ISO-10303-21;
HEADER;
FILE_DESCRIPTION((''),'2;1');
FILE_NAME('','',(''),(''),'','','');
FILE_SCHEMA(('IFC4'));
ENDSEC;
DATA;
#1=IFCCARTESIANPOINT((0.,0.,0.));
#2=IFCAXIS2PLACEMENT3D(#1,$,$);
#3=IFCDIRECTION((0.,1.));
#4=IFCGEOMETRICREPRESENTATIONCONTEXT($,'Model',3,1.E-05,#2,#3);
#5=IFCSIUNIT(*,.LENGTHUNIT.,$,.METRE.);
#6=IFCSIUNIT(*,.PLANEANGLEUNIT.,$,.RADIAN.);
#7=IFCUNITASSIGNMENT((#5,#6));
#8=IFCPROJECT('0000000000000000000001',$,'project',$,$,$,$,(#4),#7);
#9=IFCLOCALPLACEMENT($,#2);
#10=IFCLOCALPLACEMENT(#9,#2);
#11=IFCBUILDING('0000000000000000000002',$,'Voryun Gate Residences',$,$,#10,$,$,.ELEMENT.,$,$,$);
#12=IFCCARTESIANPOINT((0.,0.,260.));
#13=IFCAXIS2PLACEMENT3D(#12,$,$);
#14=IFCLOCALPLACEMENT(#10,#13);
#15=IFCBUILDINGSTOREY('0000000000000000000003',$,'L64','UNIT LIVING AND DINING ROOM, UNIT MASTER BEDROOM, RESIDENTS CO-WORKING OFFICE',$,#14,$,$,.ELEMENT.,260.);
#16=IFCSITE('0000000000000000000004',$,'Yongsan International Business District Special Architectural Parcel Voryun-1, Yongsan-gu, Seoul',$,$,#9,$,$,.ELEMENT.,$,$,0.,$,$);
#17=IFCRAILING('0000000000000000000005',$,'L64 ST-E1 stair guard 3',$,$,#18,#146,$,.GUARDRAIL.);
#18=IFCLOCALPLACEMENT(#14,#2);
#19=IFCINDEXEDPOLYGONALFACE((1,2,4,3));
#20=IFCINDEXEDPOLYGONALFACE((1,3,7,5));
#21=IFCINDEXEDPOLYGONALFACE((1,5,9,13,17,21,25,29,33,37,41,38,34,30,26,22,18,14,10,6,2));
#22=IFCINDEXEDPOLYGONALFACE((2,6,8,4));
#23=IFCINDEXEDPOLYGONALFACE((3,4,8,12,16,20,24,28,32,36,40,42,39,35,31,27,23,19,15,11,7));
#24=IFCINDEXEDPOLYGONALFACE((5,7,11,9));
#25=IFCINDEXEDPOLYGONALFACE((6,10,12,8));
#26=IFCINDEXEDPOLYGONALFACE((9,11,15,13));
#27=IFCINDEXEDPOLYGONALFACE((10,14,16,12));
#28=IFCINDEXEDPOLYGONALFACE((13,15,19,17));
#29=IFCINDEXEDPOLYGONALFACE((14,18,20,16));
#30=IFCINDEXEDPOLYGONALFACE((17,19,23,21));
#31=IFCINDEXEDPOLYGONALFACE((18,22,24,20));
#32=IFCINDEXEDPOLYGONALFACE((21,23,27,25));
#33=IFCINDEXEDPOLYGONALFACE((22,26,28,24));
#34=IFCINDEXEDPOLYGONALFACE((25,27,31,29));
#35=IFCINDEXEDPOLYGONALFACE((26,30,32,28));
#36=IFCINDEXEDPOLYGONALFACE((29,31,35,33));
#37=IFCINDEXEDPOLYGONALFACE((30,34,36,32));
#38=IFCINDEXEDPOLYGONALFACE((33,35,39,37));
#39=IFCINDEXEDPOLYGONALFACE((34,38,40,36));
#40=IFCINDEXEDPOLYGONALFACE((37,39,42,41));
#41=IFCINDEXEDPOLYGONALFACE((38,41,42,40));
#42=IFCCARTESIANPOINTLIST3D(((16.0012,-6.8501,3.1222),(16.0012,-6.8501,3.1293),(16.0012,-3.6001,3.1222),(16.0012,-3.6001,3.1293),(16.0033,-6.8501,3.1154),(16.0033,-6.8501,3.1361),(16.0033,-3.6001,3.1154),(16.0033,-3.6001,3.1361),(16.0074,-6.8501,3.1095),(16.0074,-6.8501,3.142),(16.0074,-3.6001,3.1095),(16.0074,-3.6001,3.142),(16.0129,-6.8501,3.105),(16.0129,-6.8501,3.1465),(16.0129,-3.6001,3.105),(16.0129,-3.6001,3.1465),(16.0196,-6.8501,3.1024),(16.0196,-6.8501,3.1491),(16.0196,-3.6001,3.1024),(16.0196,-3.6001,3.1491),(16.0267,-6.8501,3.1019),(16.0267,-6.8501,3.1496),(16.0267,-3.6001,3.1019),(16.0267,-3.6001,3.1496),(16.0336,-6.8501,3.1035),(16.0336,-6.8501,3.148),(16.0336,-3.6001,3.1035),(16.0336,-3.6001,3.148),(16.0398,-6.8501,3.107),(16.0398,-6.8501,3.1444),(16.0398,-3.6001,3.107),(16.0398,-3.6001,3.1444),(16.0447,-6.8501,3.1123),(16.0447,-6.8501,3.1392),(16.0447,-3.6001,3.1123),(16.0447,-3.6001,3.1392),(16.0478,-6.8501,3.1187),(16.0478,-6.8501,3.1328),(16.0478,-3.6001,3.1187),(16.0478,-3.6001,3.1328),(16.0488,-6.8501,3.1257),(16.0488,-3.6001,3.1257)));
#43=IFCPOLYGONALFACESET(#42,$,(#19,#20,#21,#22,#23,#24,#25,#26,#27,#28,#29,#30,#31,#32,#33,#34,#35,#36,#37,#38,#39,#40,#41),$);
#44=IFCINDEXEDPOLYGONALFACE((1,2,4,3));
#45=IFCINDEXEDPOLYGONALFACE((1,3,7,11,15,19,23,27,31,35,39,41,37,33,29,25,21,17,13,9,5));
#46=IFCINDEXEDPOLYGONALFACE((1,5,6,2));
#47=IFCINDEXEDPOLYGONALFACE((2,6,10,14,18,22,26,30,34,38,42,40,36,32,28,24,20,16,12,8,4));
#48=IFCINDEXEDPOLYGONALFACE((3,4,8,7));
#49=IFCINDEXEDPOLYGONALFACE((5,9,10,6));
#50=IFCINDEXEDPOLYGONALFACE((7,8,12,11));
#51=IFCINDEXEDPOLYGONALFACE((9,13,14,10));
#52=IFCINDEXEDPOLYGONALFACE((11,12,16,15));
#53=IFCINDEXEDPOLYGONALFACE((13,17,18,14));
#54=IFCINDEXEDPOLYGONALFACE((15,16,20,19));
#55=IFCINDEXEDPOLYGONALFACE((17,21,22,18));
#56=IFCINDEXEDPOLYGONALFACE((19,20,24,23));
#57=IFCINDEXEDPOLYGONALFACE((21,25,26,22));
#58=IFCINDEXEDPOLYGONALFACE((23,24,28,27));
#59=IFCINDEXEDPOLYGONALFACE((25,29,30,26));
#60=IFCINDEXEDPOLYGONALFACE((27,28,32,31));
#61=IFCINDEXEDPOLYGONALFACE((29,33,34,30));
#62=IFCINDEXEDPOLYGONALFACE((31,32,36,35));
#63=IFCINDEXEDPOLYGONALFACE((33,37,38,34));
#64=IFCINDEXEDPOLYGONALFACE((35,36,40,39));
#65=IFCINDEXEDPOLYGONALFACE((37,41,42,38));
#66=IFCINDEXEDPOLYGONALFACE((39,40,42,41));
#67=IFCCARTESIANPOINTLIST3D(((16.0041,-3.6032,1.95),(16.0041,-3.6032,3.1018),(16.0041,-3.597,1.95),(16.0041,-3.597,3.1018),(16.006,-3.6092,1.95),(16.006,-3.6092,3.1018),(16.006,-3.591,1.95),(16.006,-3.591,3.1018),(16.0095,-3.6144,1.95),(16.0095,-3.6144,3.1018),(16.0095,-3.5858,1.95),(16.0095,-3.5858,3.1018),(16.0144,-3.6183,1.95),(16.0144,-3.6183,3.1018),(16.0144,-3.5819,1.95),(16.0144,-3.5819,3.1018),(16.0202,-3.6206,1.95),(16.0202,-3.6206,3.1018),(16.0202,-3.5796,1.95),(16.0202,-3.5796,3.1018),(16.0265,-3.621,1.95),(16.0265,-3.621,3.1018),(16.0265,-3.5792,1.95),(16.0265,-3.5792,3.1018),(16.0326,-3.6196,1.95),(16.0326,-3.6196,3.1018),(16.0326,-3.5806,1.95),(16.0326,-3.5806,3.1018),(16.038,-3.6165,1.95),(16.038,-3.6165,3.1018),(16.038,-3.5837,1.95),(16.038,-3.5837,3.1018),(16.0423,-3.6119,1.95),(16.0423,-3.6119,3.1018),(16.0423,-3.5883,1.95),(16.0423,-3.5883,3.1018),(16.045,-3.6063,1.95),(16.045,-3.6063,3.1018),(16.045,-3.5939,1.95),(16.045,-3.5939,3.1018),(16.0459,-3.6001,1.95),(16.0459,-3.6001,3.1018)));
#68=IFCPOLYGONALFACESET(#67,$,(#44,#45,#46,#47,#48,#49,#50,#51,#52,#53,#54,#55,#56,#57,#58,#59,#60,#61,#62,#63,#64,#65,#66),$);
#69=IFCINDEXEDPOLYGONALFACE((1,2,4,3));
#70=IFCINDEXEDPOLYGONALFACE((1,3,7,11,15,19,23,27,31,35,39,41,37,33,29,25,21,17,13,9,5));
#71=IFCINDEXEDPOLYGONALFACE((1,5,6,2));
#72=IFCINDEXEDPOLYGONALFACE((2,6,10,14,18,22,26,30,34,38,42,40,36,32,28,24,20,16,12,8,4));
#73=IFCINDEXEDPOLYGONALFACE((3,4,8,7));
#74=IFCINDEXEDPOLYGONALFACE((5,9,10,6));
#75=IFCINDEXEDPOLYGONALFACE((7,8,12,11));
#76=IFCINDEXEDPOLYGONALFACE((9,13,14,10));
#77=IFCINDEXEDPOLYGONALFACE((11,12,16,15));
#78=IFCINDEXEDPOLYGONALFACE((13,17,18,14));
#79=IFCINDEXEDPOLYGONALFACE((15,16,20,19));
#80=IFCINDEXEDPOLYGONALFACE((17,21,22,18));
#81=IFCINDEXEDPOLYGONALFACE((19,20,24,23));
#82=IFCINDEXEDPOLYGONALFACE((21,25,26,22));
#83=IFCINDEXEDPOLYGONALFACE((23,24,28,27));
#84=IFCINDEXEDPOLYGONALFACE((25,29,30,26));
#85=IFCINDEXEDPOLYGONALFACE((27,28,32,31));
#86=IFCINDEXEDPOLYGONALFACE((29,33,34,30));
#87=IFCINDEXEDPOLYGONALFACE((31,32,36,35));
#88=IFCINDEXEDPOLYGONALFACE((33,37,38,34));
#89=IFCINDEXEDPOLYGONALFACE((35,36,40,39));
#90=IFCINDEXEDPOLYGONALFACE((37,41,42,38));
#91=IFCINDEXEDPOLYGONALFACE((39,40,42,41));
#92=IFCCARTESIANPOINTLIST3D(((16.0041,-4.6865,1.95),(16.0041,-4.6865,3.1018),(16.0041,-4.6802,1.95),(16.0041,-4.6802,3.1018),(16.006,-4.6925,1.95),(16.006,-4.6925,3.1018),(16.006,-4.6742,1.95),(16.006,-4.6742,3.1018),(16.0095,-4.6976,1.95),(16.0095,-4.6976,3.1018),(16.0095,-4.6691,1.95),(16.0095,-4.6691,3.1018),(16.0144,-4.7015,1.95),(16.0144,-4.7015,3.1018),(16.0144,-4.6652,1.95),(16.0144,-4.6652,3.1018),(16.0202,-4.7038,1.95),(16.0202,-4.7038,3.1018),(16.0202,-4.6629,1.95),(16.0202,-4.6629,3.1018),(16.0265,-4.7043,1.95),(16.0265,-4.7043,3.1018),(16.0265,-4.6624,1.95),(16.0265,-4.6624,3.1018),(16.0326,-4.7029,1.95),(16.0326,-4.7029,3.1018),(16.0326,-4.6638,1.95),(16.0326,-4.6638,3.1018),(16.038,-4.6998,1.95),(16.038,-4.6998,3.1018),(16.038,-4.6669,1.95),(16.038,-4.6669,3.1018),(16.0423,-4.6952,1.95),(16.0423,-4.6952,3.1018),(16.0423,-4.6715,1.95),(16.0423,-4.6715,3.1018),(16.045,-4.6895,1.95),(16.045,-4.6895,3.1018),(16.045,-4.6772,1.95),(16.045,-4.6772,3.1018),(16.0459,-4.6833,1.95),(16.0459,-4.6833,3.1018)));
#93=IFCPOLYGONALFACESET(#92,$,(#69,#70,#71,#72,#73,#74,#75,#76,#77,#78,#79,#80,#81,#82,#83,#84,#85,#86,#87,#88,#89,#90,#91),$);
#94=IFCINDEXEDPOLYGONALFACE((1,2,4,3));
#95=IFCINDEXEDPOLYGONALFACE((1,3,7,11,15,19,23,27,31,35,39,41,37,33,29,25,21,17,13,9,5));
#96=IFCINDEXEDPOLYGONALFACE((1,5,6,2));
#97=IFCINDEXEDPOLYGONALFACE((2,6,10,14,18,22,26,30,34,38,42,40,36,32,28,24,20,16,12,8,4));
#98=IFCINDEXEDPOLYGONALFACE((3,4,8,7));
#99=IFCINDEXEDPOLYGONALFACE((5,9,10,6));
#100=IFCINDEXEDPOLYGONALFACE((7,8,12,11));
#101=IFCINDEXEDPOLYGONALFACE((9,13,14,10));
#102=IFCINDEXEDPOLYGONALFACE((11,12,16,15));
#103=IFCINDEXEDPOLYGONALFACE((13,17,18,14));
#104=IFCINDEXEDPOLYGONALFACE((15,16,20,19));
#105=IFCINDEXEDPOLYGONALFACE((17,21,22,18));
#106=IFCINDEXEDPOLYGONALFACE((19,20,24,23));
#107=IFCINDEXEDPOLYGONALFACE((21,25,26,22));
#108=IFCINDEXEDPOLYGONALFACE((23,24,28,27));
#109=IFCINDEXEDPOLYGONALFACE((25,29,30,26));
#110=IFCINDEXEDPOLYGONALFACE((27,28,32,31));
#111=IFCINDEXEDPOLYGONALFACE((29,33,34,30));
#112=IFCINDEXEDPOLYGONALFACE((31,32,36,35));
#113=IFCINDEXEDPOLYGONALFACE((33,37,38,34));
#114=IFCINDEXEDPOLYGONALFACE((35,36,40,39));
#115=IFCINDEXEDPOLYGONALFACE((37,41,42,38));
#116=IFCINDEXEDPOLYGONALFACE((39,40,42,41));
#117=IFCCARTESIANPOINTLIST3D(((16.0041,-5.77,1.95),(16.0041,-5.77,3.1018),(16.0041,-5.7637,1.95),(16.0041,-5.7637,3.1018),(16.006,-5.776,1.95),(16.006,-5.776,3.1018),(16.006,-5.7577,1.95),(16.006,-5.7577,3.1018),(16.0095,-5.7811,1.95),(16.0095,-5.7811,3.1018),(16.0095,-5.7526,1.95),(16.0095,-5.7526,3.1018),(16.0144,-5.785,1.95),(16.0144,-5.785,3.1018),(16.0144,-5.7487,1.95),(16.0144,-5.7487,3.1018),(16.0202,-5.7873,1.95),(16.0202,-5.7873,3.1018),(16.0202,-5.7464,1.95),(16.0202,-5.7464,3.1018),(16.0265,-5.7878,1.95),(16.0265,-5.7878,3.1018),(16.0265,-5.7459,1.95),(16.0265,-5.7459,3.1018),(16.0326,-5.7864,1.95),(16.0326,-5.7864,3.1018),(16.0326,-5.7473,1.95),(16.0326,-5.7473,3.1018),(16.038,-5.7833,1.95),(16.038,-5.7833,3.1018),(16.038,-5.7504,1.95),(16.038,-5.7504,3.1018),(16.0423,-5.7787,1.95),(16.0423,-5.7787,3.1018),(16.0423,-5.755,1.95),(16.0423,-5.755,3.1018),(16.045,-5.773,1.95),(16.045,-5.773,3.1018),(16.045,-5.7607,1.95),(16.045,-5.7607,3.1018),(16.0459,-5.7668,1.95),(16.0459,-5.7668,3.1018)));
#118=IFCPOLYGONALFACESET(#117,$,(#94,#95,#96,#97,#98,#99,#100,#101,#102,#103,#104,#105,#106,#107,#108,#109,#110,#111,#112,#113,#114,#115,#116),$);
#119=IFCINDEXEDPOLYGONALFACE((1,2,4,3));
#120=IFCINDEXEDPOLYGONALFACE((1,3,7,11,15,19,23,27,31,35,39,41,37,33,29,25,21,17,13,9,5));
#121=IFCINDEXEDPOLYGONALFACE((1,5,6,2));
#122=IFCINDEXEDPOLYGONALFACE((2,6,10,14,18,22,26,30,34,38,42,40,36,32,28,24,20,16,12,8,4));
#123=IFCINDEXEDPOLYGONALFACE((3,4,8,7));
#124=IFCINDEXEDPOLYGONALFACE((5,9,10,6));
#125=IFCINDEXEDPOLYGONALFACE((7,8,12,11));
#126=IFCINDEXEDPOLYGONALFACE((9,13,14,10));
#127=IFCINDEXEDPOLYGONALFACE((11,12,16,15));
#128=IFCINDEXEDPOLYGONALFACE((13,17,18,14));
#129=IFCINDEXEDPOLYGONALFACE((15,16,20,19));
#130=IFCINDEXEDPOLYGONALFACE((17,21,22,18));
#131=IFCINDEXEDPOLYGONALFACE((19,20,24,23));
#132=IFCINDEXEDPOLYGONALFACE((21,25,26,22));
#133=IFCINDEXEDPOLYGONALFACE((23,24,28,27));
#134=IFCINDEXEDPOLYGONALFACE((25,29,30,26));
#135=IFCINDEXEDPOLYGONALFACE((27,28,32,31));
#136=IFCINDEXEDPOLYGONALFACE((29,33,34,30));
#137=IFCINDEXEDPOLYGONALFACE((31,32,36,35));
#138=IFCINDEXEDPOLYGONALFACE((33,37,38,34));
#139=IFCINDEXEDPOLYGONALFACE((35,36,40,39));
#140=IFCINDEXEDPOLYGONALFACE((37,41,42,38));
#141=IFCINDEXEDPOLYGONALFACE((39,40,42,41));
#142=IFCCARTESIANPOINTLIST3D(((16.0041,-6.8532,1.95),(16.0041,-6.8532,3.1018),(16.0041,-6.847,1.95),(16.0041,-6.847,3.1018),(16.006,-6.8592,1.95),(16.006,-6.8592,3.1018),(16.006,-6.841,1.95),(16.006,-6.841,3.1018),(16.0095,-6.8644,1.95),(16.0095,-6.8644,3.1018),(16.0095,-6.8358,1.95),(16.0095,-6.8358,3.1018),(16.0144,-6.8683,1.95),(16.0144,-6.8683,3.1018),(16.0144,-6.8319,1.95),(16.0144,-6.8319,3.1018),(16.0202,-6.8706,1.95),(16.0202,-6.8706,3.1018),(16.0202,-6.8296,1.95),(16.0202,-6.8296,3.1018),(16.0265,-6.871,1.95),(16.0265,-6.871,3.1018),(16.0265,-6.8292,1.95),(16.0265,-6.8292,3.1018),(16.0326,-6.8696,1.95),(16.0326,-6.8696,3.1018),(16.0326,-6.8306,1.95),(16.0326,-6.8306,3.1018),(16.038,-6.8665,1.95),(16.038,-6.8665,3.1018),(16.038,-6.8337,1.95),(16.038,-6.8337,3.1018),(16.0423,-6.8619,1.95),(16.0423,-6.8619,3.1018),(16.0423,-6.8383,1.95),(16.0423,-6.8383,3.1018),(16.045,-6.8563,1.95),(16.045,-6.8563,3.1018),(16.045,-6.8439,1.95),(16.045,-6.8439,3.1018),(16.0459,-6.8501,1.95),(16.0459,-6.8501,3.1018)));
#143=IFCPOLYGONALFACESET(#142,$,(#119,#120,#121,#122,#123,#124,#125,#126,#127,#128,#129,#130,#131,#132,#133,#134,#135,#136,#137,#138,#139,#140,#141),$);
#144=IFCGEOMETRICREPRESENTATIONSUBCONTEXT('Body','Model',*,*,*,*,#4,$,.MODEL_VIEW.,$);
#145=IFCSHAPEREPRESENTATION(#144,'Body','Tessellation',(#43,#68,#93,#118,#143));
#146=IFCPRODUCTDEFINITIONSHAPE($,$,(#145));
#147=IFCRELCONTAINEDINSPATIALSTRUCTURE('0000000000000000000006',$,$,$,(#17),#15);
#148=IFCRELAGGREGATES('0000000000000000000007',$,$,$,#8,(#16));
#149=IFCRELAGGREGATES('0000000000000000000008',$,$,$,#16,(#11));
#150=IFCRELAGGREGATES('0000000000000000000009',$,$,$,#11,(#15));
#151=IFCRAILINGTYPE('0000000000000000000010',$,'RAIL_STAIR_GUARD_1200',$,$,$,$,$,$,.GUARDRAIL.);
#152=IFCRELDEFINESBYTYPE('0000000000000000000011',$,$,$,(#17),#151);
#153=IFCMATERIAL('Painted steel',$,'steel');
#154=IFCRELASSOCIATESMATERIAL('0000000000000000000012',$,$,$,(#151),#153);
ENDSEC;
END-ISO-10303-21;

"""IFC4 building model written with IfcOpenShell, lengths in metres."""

from ifc_helpers import new_model, si_unit, direction, frame, origin, origin_2d, place, context, subcontext, project, spatial, circle, extrude, material, type_object, element, save


model = new_model("IFC4")

# Units and contexts
model_context = context("Model", 3, precision=1e-05, world=origin(), true_north=direction((0.0, 1.0)))
body_context = subcontext(model_context, "Body", "Model", "MODEL_VIEW")
ifc_project = project(units=[si_unit("LENGTHUNIT", "METRE"), si_unit("PLANEANGLEUNIT", "RADIAN")], contexts=[model_context])

# Site, building, storey
site_placement = place(None, origin())
site = spatial("IfcSite", under=ifc_project, at=site_placement, Name="Yongsan International Business District Special Architectural Parcel Voryun-1, Yongsan-gu, Seoul", CompositionType="ELEMENT", RefElevation=0.0)
building_placement = place(site_placement, origin())
building = spatial("IfcBuilding", under=site, at=building_placement, Name="Voryun Gate Residences", CompositionType="ELEMENT")
storey_placement = place(building_placement, frame((0.0, 0.0, 260.0)))
storey = spatial("IfcBuildingStorey", under=building, at=storey_placement, Name="L64", Description="UNIT LIVING AND DINING ROOM, UNIT MASTER BEDROOM, RESIDENTS CO-WORKING OFFICE", CompositionType="ELEMENT", Elevation=260.0)

# Railing
ifc_material_1 = material(Name="Painted steel", Category="steel")
railing_type_1 = type_object("IfcRailingType", Name="RAIL_STAIR_GUARD_1200", PredefinedType="GUARDRAIL", material=ifc_material_1)
for number, where, name in (
    (1, (16.0249, -3.6001, 1.95), "L64 ST-E1 stair guard 3"),
):
    element("IfcRailing", number, at=place(storey_placement, frame(where)), inside=storey, type_object=railing_type_1, Name=name, PredefinedType="GUARDRAIL", context=body_context, shape_type="SweptSolid", body=[
        extrude(circle(Radius=0.0239, at=origin_2d()), frame((0.0, 0.0, 1.1758), z_axis=(0.0, -1.0, 0.0), x_axis=(1.0, 0.0, 0.0)), (0.0, 0.0, 1.0), 3.25),
        extrude(circle(Radius=0.021, at=origin_2d()), origin(), (0.0, 0.0, 1.0), 1.1519),
        extrude(circle(Radius=0.021, at=origin_2d()), frame((0.0, -1.0833, 0.0)), (0.0, 0.0, 1.0), 1.1519),
        extrude(circle(Radius=0.021, at=origin_2d()), frame((0.0, -2.1667, 0.0)), (0.0, 0.0, 1.0), 1.1519),
        extrude(circle(Radius=0.021, at=origin_2d()), frame((0.0, -3.25, 0.0)), (0.0, 0.0, 1.0), 1.1519),
    ])

save(model, "model.ifc")
